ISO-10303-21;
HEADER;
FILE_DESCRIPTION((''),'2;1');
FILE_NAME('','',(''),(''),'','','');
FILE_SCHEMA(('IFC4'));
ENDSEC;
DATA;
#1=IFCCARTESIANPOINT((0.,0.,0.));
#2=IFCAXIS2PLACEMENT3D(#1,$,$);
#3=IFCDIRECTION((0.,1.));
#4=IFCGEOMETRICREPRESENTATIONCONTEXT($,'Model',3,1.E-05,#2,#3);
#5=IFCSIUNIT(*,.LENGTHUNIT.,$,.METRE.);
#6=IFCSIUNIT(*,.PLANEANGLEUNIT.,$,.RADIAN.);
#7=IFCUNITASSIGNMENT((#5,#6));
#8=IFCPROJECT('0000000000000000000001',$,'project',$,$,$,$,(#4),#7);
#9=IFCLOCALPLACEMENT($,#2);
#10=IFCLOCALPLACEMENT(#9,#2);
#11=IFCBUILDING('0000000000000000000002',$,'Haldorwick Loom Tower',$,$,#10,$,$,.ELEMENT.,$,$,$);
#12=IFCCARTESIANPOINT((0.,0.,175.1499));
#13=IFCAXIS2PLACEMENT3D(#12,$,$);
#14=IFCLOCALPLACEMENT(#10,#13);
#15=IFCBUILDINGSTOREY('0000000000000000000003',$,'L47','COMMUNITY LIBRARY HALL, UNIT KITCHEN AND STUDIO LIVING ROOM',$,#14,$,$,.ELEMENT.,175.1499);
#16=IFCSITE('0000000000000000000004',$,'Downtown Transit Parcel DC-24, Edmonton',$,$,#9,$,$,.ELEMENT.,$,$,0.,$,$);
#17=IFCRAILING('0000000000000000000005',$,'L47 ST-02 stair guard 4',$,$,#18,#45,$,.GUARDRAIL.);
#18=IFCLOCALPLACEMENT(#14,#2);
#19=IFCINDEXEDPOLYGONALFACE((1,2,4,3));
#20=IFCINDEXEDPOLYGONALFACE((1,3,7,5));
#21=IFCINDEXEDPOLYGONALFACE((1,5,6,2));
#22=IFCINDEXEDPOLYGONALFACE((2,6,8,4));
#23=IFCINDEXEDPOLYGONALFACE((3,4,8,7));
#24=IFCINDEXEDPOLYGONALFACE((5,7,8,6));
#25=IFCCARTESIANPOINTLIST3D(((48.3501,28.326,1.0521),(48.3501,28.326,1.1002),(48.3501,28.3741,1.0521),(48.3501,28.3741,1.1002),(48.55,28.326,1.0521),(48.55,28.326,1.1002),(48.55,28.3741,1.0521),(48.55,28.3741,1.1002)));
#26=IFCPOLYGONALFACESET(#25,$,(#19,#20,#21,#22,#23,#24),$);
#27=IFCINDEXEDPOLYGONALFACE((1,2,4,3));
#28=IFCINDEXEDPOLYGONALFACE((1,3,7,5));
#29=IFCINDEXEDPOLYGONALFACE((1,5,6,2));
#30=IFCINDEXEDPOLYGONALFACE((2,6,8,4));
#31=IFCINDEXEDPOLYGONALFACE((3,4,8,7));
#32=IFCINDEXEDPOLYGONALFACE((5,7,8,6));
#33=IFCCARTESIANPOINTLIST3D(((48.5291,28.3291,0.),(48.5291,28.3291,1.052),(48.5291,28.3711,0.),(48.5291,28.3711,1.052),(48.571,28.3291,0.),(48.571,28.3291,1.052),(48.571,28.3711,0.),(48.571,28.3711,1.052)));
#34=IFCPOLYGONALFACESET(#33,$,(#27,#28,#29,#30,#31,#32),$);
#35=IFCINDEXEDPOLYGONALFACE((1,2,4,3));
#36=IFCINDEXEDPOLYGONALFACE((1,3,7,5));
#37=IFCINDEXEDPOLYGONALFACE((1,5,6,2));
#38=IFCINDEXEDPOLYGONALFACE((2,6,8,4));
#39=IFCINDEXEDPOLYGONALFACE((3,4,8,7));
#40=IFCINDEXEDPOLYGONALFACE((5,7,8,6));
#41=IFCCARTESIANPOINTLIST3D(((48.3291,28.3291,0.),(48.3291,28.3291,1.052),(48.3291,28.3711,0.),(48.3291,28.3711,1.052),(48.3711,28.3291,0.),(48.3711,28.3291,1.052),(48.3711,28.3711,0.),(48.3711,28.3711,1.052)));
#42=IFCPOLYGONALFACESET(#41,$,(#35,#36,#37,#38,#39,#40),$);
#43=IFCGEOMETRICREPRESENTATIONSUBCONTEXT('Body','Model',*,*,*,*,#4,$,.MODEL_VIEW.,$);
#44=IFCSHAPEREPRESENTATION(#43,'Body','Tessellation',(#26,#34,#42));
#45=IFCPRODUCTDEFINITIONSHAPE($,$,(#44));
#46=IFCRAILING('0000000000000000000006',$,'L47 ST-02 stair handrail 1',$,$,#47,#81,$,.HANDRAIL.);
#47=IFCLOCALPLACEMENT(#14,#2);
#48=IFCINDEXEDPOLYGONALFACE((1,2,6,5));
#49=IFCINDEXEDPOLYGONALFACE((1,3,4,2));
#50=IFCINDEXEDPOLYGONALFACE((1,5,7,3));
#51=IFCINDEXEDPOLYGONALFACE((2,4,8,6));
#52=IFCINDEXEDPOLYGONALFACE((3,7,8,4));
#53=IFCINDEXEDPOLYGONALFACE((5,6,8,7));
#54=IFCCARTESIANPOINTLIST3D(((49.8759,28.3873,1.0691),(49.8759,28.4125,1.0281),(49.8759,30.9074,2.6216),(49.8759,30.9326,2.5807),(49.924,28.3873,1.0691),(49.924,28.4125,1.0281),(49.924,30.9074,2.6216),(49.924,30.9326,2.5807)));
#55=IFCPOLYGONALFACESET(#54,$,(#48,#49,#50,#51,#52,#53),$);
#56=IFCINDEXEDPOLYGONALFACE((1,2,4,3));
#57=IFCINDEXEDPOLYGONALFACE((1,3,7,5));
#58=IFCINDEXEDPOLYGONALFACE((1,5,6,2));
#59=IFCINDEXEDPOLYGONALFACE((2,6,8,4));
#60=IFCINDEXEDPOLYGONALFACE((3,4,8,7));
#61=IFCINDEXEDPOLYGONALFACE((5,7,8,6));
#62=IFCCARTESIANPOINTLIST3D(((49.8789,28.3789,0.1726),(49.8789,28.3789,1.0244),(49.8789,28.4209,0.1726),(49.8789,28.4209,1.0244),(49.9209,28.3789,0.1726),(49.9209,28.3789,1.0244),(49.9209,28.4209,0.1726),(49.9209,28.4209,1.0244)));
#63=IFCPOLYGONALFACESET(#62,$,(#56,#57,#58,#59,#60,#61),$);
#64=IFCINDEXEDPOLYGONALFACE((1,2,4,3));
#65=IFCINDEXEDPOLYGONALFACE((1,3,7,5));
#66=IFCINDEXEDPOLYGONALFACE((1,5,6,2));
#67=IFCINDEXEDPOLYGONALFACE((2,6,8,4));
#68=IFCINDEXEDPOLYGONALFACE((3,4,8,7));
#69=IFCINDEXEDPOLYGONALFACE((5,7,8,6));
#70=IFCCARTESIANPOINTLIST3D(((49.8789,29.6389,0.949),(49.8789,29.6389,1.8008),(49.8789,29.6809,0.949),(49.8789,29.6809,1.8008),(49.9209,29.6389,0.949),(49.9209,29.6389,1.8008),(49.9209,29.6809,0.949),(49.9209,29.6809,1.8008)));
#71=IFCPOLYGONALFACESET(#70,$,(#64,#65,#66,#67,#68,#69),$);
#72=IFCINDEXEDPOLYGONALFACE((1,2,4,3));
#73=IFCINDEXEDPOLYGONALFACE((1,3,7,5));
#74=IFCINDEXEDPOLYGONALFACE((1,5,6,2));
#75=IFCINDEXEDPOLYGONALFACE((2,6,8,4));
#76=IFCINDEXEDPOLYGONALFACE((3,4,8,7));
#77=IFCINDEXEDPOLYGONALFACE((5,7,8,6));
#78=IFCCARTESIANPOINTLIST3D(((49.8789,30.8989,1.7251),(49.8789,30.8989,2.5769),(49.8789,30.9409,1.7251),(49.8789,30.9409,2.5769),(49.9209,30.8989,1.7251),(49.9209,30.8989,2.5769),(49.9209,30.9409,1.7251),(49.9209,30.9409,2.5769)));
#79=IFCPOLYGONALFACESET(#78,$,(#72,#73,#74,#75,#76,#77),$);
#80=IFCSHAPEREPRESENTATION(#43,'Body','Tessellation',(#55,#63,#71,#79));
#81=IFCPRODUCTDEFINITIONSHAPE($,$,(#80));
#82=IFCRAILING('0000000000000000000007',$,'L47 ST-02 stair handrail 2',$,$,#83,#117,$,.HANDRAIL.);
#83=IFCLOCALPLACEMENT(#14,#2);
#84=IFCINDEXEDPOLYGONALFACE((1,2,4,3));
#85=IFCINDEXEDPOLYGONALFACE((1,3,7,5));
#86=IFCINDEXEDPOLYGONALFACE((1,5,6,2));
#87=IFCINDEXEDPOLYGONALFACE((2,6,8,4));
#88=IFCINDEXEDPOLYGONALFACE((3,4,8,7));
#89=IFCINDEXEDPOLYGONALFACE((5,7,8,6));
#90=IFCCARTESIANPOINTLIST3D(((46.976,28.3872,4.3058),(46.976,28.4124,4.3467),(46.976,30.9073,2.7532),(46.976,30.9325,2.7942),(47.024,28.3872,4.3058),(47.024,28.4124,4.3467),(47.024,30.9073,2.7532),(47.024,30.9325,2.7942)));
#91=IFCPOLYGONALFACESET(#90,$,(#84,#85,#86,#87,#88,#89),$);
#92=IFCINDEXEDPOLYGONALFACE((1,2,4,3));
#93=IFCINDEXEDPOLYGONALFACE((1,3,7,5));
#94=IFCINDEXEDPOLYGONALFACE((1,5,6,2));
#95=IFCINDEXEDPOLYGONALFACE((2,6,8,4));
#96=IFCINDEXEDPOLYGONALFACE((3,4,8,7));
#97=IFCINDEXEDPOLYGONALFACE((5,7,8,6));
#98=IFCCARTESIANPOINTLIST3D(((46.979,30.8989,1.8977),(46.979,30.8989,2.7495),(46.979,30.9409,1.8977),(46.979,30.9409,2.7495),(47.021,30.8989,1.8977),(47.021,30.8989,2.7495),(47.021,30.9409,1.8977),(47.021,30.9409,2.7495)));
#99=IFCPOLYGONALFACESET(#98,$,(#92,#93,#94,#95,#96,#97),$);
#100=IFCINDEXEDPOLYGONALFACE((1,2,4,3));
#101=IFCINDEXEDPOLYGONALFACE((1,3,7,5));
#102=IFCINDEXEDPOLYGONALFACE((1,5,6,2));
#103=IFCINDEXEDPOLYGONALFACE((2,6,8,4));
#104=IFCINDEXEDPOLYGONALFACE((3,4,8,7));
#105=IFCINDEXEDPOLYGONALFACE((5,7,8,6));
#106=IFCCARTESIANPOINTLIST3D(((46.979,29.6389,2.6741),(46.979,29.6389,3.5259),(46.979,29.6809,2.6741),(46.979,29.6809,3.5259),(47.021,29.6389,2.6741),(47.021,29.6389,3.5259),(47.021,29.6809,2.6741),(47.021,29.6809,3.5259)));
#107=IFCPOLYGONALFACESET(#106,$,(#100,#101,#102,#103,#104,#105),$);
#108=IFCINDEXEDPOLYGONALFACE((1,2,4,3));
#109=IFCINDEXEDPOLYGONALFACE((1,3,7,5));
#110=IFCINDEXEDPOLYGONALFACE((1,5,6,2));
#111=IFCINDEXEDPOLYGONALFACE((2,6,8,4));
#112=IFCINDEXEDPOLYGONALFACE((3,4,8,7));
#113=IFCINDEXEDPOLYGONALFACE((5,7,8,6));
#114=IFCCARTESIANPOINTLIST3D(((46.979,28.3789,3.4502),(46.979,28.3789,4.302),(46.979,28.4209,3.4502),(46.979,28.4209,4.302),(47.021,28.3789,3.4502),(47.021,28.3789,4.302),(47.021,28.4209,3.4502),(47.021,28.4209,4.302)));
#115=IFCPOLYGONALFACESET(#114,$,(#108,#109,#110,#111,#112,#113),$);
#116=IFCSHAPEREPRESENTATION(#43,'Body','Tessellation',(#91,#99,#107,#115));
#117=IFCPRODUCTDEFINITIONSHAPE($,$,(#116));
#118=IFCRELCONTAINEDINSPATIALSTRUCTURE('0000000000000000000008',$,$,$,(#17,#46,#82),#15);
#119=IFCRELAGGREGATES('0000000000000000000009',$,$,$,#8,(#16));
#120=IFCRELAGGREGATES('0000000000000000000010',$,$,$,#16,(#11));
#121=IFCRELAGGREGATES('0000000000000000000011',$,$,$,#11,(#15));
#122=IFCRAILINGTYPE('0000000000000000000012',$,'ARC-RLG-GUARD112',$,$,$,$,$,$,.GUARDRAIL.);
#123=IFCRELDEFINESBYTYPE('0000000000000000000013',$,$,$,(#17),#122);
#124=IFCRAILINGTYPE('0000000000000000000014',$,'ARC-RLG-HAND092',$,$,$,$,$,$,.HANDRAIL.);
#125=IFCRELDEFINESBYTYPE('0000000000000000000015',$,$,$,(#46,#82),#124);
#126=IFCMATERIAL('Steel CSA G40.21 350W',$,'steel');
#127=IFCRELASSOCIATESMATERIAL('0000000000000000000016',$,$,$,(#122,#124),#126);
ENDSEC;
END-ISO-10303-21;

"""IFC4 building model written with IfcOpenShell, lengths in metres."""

from ifc_helpers import new_model, si_unit, direction, frame, origin, origin_2d, place, context, subcontext, project, spatial, rectangle, extrude, material, type_object, element, save


model = new_model("IFC4")

# Units and contexts
model_context = context("Model", 3, precision=1e-05, world=origin(), true_north=direction((0.0, 1.0)))
body_context = subcontext(model_context, "Body", "Model", "MODEL_VIEW")
ifc_project = project(units=[si_unit("LENGTHUNIT", "METRE"), si_unit("PLANEANGLEUNIT", "RADIAN")], contexts=[model_context])

# Site, building, storey
site_placement = place(None, origin())
site = spatial("IfcSite", under=ifc_project, at=site_placement, Name="Downtown Transit Parcel DC-24, Edmonton", CompositionType="ELEMENT", RefElevation=0.0)
building_placement = place(site_placement, origin())
building = spatial("IfcBuilding", under=site, at=building_placement, Name="Haldorwick Loom Tower", CompositionType="ELEMENT")
storey_placement = place(building_placement, frame((0.0, 0.0, 175.1499)))
storey = spatial("IfcBuildingStorey", under=building, at=storey_placement, Name="L47", Description="COMMUNITY LIBRARY HALL, UNIT KITCHEN AND STUDIO LIVING ROOM", CompositionType="ELEMENT", Elevation=175.1499)

# Shared definitions
ifc_material_1 = material(Name="Steel CSA G40.21 350W", Category="steel")

# Railings
railing_type_1 = type_object("IfcRailingType", Name="ARC-RLG-GUARD112", PredefinedType="GUARDRAIL", material=ifc_material_1)
railing_1_placement = place(storey_placement, frame((48.55, 28.3501, 0.0)))
element("IfcRailing", 1, at=railing_1_placement, inside=storey, type_object=railing_type_1, Name="L47 ST-02 stair guard 4", PredefinedType="GUARDRAIL", context=body_context, shape_type="SweptSolid", body=[
    extrude(rectangle(XDim=0.0481, YDim=0.0481, at=origin_2d()), frame((0.0, 0.0, 1.0762), z_axis=(-1.0, 0.0, 0.0), x_axis=(0.0, -1.0, 0.0)), (0.0, 0.0, 1.0), 0.2),
    extrude(rectangle(XDim=0.042, YDim=0.042, at=origin_2d()), origin(), (0.0, 0.0, 1.0), 1.052),
    extrude(rectangle(XDim=0.042, YDim=0.042, at=origin_2d()), frame((-0.2, 0.0, 0.0)), (0.0, 0.0, 1.0), 1.052),
])
railing_type_2 = type_object("IfcRailingType", Name="ARC-RLG-HAND092", PredefinedType="HANDRAIL", material=ifc_material_1)
railing_2_placement = place(storey_placement, frame((49.8999, 28.3999, 0.1726)))
element("IfcRailing", 2, at=railing_2_placement, inside=storey, type_object=railing_type_2, Name="L47 ST-02 stair handrail 1", PredefinedType="HANDRAIL", context=body_context, shape_type="SweptSolid", body=[
    extrude(rectangle(XDim=0.0481, YDim=0.0481, at=origin_2d()), frame((0.0, 0.0, 0.876), z_axis=(0.0, 0.8514, 0.524516), x_axis=(-1.0, 0.0, 0.0)), (0.0, 0.0, 1.0), 2.96),
    extrude(rectangle(XDim=0.042, YDim=0.042, at=origin_2d()), origin(), (0.0, 0.0, 1.0), 0.8518),
    extrude(rectangle(XDim=0.042, YDim=0.042, at=origin_2d()), frame((0.0, 1.26, 0.7764)), (0.0, 0.0, 1.0), 0.8518),
    extrude(rectangle(XDim=0.042, YDim=0.042, at=origin_2d()), frame((0.0, 2.52, 1.5525)), (0.0, 0.0, 1.0), 0.8518),
])
railing_3_placement = place(storey_placement, frame((47.0, 30.9199, 1.8977)))
element("IfcRailing", 3, at=railing_3_placement, inside=storey, type_object=railing_type_2, Name="L47 ST-02 stair handrail 2", PredefinedType="HANDRAIL", context=body_context, shape_type="SweptSolid", body=[
    extrude(rectangle(XDim=0.0481, YDim=0.0481, at=origin_2d()), frame((0.0, 0.0, 0.876), z_axis=(0.0, -0.8514, 0.524516), x_axis=(1.0, 0.0, 0.0)), (0.0, 0.0, 1.0), 2.96),
    extrude(rectangle(XDim=0.042, YDim=0.042, at=origin_2d()), origin(), (0.0, 0.0, 1.0), 0.8518),
    extrude(rectangle(XDim=0.042, YDim=0.042, at=origin_2d()), frame((0.0, -1.26, 0.7764)), (0.0, 0.0, 1.0), 0.8518),
    extrude(rectangle(XDim=0.042, YDim=0.042, at=origin_2d()), frame((0.0, -2.52, 1.5525)), (0.0, 0.0, 1.0), 0.8518),
])

save(model, "model.ifc")
